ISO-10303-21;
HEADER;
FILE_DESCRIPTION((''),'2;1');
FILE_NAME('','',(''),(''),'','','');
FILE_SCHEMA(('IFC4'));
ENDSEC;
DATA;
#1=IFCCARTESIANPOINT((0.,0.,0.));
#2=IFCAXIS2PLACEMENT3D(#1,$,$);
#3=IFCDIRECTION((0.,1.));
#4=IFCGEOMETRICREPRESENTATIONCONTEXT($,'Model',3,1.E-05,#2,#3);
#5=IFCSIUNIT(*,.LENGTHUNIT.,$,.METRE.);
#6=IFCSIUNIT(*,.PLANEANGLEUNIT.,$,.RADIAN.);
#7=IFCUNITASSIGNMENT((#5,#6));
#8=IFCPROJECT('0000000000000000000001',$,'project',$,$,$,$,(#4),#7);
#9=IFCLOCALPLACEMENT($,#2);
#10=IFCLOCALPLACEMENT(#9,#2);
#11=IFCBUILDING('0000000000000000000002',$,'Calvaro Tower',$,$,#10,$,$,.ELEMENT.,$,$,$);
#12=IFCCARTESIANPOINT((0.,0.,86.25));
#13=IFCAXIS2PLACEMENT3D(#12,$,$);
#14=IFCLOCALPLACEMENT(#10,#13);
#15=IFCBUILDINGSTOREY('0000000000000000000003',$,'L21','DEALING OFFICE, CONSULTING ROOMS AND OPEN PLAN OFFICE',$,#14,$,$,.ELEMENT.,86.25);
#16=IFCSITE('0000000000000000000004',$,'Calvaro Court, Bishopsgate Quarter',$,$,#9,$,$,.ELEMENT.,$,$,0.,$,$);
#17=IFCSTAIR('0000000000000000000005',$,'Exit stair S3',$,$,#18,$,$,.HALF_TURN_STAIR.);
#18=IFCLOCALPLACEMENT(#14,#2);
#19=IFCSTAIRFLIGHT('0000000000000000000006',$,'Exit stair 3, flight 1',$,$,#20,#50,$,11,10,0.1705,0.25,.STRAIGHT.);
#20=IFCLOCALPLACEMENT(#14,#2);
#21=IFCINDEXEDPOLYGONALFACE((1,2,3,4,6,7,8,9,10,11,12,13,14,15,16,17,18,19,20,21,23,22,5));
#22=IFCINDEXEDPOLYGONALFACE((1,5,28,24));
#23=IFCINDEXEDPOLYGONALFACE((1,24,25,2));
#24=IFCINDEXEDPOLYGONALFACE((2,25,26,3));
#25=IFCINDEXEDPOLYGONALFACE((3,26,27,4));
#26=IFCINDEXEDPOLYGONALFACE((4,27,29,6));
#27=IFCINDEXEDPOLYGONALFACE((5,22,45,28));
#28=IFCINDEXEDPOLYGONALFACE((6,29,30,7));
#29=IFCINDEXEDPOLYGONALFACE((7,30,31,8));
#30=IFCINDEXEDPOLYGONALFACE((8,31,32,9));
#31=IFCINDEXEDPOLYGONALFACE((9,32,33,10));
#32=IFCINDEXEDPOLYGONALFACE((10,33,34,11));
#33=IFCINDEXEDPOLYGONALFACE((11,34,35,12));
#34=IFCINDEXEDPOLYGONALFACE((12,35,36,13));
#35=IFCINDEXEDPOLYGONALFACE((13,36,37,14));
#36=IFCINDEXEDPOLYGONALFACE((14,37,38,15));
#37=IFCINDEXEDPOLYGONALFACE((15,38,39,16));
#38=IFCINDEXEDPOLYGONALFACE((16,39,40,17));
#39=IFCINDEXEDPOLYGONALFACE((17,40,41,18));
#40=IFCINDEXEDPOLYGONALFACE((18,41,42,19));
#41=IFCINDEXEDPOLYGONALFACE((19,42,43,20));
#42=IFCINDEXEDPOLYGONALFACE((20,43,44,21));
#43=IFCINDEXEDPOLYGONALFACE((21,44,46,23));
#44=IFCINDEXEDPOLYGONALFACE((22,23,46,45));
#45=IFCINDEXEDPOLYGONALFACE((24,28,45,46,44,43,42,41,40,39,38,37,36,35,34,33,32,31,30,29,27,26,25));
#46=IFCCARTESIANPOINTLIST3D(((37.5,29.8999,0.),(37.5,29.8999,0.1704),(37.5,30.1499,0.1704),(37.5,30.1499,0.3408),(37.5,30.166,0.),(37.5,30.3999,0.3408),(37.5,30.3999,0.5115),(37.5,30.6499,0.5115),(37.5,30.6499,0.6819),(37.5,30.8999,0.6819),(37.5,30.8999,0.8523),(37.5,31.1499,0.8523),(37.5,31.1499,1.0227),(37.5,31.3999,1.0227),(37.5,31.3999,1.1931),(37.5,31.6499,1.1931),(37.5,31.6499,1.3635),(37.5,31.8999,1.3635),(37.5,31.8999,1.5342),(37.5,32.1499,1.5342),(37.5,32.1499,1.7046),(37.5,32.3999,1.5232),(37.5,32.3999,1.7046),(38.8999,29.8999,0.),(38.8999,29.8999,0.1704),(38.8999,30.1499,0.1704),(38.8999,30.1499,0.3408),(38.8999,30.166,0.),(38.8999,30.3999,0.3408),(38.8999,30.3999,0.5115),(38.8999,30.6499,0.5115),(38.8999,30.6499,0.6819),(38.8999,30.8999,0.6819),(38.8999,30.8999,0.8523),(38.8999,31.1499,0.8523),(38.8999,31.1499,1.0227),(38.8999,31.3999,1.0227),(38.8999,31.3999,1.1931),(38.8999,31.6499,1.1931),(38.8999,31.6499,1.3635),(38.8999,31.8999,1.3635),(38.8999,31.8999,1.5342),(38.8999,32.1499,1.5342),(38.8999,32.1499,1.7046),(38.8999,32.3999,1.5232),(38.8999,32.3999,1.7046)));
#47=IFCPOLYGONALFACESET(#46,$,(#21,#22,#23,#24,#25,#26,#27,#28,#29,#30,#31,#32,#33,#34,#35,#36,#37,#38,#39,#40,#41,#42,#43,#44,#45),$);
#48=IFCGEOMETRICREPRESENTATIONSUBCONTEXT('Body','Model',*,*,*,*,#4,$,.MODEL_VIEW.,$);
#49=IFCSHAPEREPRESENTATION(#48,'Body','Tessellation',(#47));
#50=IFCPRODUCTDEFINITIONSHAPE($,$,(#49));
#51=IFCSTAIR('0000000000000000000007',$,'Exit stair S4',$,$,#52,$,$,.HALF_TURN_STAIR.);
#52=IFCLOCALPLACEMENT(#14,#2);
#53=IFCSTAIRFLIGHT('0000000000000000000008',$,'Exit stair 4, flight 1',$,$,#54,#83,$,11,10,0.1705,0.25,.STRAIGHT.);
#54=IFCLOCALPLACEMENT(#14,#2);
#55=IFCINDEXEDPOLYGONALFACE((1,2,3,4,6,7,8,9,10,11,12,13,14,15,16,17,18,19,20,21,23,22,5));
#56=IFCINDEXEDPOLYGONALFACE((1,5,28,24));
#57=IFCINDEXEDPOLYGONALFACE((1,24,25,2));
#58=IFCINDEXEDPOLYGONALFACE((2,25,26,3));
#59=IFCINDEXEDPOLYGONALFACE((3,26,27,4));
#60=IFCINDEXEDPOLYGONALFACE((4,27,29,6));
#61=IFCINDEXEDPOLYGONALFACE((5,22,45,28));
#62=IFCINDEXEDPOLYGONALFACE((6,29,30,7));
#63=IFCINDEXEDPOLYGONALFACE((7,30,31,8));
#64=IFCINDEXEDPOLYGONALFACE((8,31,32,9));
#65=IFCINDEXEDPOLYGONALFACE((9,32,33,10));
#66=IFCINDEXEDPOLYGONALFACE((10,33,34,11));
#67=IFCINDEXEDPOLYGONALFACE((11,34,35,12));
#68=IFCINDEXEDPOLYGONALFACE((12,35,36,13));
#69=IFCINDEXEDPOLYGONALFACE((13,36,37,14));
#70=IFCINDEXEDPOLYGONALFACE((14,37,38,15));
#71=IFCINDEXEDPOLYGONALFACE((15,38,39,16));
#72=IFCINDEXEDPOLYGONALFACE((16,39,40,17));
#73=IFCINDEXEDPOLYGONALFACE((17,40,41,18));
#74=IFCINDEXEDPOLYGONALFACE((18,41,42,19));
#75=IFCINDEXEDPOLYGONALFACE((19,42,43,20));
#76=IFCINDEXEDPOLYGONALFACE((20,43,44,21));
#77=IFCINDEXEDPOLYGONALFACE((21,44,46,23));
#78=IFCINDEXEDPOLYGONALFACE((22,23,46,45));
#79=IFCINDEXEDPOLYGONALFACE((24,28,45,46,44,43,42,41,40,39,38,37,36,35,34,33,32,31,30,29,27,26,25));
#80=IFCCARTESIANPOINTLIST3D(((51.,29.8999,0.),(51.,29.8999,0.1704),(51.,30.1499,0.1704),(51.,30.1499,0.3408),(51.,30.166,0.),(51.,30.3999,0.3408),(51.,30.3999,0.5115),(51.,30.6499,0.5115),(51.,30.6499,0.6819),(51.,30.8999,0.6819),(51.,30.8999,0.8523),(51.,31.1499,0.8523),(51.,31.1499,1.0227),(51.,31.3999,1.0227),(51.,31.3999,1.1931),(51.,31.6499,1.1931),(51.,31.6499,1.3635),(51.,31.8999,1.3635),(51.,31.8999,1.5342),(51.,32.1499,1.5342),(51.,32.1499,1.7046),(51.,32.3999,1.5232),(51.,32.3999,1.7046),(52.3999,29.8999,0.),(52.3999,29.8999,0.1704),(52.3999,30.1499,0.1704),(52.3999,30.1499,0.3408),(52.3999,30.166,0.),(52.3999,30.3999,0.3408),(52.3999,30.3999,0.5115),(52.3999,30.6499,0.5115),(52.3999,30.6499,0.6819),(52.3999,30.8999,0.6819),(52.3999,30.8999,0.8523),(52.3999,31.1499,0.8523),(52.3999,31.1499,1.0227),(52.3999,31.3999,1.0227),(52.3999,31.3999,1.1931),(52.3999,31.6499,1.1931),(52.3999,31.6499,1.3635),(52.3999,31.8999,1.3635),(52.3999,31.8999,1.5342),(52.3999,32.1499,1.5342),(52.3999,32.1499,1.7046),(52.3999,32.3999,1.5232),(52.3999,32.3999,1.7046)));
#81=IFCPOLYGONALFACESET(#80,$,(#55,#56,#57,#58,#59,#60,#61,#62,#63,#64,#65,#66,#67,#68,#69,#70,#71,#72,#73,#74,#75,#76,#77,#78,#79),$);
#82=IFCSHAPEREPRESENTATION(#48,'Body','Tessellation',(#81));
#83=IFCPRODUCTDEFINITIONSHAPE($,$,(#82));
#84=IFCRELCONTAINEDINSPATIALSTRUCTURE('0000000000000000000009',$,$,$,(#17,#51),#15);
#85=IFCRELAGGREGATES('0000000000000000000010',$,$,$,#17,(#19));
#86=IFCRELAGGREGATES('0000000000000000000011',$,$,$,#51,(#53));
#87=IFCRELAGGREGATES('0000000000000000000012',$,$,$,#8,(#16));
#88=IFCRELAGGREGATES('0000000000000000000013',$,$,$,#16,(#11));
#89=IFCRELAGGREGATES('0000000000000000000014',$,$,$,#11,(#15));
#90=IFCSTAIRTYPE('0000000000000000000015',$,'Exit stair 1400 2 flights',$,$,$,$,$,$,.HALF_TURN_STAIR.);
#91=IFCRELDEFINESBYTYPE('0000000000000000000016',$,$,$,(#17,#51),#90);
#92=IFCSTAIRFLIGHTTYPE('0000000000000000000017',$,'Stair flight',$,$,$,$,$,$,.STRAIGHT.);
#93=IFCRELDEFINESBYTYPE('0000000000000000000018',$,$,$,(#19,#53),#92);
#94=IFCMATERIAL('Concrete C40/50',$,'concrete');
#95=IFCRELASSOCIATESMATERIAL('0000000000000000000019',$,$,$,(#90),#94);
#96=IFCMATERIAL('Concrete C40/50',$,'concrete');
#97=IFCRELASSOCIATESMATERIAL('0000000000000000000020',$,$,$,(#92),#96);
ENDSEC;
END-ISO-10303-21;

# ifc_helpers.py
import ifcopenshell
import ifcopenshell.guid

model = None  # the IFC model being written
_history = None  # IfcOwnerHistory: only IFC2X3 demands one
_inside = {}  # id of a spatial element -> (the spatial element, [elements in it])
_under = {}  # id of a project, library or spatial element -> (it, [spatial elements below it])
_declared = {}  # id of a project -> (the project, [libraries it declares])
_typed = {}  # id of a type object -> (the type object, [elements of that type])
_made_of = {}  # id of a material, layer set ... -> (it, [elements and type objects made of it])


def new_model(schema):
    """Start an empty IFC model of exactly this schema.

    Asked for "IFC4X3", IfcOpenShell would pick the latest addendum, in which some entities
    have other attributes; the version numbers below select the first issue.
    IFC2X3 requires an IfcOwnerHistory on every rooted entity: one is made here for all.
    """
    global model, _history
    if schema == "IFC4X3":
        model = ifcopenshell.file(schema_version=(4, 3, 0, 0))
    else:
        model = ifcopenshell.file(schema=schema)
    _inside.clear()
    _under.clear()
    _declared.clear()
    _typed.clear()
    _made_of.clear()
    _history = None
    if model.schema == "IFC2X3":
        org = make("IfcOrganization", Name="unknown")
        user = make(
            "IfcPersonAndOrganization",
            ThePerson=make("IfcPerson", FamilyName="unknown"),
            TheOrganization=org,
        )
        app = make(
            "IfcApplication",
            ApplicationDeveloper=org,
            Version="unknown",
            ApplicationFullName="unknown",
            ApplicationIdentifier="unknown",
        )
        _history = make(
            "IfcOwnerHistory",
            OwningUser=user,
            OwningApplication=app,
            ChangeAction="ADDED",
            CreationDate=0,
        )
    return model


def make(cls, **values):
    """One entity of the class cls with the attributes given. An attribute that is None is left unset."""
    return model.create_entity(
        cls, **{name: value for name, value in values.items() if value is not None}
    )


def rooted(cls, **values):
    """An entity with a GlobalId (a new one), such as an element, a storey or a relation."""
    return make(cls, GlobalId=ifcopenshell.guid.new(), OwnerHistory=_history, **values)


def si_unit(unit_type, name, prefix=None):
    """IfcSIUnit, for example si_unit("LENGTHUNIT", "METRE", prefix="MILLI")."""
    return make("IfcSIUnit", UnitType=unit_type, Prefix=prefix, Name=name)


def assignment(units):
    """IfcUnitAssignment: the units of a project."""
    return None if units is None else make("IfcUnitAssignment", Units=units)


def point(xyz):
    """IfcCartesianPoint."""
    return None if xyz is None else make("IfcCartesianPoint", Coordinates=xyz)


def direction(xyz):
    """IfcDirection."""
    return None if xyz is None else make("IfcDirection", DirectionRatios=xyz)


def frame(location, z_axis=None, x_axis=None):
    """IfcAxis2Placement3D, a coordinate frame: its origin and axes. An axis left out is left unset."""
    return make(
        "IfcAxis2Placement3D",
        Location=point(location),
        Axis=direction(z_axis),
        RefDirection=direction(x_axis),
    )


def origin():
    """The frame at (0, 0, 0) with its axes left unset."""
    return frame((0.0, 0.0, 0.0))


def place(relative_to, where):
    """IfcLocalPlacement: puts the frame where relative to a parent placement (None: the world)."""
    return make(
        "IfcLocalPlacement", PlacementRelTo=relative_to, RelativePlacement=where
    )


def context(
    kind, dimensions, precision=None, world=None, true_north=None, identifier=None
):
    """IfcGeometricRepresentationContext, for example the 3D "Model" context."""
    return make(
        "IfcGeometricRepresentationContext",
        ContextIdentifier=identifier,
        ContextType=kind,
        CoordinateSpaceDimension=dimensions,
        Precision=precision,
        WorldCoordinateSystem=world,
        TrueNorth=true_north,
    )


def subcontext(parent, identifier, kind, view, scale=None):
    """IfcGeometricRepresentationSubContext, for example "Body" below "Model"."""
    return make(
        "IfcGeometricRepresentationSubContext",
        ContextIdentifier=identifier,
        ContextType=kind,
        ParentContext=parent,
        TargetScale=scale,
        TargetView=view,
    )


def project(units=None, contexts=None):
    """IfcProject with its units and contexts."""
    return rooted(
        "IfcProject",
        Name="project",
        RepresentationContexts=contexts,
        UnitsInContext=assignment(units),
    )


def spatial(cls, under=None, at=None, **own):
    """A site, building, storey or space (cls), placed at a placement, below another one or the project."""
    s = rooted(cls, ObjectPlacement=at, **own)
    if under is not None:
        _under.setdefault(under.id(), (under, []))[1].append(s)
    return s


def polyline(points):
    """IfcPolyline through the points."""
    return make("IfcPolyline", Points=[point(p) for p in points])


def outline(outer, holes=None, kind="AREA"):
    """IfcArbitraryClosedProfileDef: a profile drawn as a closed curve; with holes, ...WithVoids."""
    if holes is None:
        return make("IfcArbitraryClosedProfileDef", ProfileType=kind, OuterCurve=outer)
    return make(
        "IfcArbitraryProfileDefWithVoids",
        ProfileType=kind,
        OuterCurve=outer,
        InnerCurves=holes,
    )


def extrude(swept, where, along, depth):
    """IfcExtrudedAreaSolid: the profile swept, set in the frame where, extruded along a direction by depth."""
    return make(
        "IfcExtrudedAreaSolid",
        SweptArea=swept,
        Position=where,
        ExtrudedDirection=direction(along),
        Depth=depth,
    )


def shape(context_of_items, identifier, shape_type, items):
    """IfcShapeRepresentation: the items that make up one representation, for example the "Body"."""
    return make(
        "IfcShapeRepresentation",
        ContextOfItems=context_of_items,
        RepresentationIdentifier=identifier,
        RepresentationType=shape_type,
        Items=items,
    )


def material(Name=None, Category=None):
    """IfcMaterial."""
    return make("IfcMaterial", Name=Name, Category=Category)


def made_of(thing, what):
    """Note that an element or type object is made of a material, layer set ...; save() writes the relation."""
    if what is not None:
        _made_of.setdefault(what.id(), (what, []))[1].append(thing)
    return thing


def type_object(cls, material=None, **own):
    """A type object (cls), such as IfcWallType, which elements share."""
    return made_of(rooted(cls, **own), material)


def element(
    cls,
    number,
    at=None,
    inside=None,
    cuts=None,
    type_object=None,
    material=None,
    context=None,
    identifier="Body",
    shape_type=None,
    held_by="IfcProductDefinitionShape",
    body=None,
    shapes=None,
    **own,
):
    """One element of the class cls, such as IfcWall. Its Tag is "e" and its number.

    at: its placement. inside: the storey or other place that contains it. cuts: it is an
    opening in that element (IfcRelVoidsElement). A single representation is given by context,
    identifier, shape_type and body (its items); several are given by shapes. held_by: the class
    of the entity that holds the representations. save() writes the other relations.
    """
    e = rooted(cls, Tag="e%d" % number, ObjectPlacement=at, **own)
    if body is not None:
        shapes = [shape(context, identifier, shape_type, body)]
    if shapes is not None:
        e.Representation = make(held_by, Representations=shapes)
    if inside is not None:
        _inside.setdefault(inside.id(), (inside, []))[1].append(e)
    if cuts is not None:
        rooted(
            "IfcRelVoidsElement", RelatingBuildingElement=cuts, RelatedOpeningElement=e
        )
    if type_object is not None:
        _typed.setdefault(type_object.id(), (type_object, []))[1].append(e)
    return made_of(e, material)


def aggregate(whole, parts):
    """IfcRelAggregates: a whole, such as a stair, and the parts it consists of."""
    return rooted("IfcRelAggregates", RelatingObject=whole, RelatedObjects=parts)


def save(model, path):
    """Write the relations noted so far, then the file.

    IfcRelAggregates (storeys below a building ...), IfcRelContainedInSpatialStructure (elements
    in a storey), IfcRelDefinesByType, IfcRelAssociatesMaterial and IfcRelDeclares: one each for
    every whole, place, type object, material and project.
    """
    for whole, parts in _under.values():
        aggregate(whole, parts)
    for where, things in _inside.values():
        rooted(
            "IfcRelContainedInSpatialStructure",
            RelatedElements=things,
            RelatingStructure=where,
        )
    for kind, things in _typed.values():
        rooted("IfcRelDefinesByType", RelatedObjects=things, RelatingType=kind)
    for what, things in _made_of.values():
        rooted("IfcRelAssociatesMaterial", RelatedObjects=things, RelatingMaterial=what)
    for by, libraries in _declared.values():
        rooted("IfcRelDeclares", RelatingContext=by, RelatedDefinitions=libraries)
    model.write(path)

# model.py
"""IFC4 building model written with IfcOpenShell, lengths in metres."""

from ifc_helpers import new_model, si_unit, direction, frame, origin, place, context, subcontext, project, spatial, polyline, outline, extrude, material, type_object, element, aggregate, save


model = new_model("IFC4")

# Units and contexts
model_context = context("Model", 3, precision=1e-05, world=origin(), true_north=direction((0.0, 1.0)))
body_context = subcontext(model_context, "Body", "Model", "MODEL_VIEW")
ifc_project = project(units=[si_unit("LENGTHUNIT", "METRE"), si_unit("PLANEANGLEUNIT", "RADIAN")], contexts=[model_context])

# Site, building, storey
site_placement = place(None, origin())
site = spatial("IfcSite", under=ifc_project, at=site_placement, Name="Calvaro Court, Bishopsgate Quarter", CompositionType="ELEMENT", RefElevation=0.0)
building_placement = place(site_placement, origin())
building = spatial("IfcBuilding", under=site, at=building_placement, Name="Calvaro Tower", CompositionType="ELEMENT")
storey_placement = place(building_placement, frame((0.0, 0.0, 86.25)))
storey = spatial("IfcBuildingStorey", under=building, at=storey_placement, Name="L21", Description="DEALING OFFICE, CONSULTING ROOMS AND OPEN PLAN OFFICE", CompositionType="ELEMENT", Elevation=86.25)

# Stairs, stair flights
ifc_material_1 = material(Name="Concrete C40/50", Category="concrete")
stair_type = type_object("IfcStairType", Name="Exit stair 1400 2 flights", PredefinedType="HALF_TURN_STAIR", material=ifc_material_1)
stair_1_placement = place(storey_placement, origin())
stair_1 = element("IfcStair", 1, at=stair_1_placement, inside=storey, type_object=stair_type, Name="Exit stair S3", PredefinedType="HALF_TURN_STAIR")
ifc_material_2 = material(Name="Concrete C40/50", Category="concrete")
stair_flight_type = type_object("IfcStairFlightType", Name="Stair flight", PredefinedType="STRAIGHT", material=ifc_material_2)
stair_flight_1_placement = place(storey_placement, frame((38.2, 29.8999, 0.0), z_axis=(0.0, 0.0, 1.0), x_axis=(0.0, 1.0, 0.0)))
stair_flight_1 = element("IfcStairFlight", 2, at=stair_flight_1_placement, type_object=stair_flight_type, Name="Exit stair 3, flight 1", NumberOfRisers=11, NumberOfTreads=10, PredefinedType="STRAIGHT", RiserHeight=0.1705, TreadLength=0.25, context=body_context, shape_type="SweptSolid", body=[
    extrude(outline(polyline([(0.0, 0.0), (0.0, 0.1704), (0.25, 0.1704), (0.25, 0.3408), (0.5, 0.3408), (0.5, 0.5115), (0.75, 0.5115), (0.75, 0.6819), (1.0, 0.6819), (1.0, 0.8523), (1.25, 0.8523), (1.25, 1.0227), (1.5, 1.0227), (1.5, 1.1931), (1.75, 1.1931), (1.75, 1.3635), (2.0, 1.3635), (2.0, 1.5342), (2.25, 1.5342), (2.25, 1.7046), (2.5, 1.7046), (2.5, 1.875), (2.5, 1.5232), (0.2661, 0.0), (0.0, 0.0)])), frame((0.0, 0.7, 0.0), z_axis=(0.0, -1.0, 0.0), x_axis=(1.0, 0.0, 0.0)), (0.0, 0.0, 1.0), 1.3999),
])
stair_2_placement = place(storey_placement, origin())
stair_2 = element("IfcStair", 3, at=stair_2_placement, inside=storey, type_object=stair_type, Name="Exit stair S4", PredefinedType="HALF_TURN_STAIR")
stair_flight_2_placement = place(storey_placement, frame((51.7, 29.8999, 0.0), z_axis=(0.0, 0.0, 1.0), x_axis=(0.0, 1.0, 0.0)))
stair_flight_2 = element("IfcStairFlight", 4, at=stair_flight_2_placement, type_object=stair_flight_type, Name="Exit stair 4, flight 1", NumberOfRisers=11, NumberOfTreads=10, PredefinedType="STRAIGHT", RiserHeight=0.1705, TreadLength=0.25, context=body_context, shape_type="SweptSolid", body=[
    extrude(outline(polyline([(0.0, 0.0), (0.0, 0.1704), (0.25, 0.1704), (0.25, 0.3408), (0.5, 0.3408), (0.5, 0.5115), (0.75, 0.5115), (0.75, 0.6819), (1.0, 0.6819), (1.0, 0.8523), (1.25, 0.8523), (1.25, 1.0227), (1.5, 1.0227), (1.5, 1.1931), (1.75, 1.1931), (1.75, 1.3635), (2.0, 1.3635), (2.0, 1.5342), (2.25, 1.5342), (2.25, 1.7046), (2.5, 1.7046), (2.5, 1.875), (2.5, 1.5232), (0.2661, 0.0), (0.0, 0.0)])), frame((0.0, 0.7, 0.0), z_axis=(0.0, -1.0, 0.0), x_axis=(1.0, 0.0, 0.0)), (0.0, 0.0, 1.0), 1.3999),
])

aggregate(stair_1, [stair_flight_1])
aggregate(stair_2, [stair_flight_2])

save(model, "model.ifc")
